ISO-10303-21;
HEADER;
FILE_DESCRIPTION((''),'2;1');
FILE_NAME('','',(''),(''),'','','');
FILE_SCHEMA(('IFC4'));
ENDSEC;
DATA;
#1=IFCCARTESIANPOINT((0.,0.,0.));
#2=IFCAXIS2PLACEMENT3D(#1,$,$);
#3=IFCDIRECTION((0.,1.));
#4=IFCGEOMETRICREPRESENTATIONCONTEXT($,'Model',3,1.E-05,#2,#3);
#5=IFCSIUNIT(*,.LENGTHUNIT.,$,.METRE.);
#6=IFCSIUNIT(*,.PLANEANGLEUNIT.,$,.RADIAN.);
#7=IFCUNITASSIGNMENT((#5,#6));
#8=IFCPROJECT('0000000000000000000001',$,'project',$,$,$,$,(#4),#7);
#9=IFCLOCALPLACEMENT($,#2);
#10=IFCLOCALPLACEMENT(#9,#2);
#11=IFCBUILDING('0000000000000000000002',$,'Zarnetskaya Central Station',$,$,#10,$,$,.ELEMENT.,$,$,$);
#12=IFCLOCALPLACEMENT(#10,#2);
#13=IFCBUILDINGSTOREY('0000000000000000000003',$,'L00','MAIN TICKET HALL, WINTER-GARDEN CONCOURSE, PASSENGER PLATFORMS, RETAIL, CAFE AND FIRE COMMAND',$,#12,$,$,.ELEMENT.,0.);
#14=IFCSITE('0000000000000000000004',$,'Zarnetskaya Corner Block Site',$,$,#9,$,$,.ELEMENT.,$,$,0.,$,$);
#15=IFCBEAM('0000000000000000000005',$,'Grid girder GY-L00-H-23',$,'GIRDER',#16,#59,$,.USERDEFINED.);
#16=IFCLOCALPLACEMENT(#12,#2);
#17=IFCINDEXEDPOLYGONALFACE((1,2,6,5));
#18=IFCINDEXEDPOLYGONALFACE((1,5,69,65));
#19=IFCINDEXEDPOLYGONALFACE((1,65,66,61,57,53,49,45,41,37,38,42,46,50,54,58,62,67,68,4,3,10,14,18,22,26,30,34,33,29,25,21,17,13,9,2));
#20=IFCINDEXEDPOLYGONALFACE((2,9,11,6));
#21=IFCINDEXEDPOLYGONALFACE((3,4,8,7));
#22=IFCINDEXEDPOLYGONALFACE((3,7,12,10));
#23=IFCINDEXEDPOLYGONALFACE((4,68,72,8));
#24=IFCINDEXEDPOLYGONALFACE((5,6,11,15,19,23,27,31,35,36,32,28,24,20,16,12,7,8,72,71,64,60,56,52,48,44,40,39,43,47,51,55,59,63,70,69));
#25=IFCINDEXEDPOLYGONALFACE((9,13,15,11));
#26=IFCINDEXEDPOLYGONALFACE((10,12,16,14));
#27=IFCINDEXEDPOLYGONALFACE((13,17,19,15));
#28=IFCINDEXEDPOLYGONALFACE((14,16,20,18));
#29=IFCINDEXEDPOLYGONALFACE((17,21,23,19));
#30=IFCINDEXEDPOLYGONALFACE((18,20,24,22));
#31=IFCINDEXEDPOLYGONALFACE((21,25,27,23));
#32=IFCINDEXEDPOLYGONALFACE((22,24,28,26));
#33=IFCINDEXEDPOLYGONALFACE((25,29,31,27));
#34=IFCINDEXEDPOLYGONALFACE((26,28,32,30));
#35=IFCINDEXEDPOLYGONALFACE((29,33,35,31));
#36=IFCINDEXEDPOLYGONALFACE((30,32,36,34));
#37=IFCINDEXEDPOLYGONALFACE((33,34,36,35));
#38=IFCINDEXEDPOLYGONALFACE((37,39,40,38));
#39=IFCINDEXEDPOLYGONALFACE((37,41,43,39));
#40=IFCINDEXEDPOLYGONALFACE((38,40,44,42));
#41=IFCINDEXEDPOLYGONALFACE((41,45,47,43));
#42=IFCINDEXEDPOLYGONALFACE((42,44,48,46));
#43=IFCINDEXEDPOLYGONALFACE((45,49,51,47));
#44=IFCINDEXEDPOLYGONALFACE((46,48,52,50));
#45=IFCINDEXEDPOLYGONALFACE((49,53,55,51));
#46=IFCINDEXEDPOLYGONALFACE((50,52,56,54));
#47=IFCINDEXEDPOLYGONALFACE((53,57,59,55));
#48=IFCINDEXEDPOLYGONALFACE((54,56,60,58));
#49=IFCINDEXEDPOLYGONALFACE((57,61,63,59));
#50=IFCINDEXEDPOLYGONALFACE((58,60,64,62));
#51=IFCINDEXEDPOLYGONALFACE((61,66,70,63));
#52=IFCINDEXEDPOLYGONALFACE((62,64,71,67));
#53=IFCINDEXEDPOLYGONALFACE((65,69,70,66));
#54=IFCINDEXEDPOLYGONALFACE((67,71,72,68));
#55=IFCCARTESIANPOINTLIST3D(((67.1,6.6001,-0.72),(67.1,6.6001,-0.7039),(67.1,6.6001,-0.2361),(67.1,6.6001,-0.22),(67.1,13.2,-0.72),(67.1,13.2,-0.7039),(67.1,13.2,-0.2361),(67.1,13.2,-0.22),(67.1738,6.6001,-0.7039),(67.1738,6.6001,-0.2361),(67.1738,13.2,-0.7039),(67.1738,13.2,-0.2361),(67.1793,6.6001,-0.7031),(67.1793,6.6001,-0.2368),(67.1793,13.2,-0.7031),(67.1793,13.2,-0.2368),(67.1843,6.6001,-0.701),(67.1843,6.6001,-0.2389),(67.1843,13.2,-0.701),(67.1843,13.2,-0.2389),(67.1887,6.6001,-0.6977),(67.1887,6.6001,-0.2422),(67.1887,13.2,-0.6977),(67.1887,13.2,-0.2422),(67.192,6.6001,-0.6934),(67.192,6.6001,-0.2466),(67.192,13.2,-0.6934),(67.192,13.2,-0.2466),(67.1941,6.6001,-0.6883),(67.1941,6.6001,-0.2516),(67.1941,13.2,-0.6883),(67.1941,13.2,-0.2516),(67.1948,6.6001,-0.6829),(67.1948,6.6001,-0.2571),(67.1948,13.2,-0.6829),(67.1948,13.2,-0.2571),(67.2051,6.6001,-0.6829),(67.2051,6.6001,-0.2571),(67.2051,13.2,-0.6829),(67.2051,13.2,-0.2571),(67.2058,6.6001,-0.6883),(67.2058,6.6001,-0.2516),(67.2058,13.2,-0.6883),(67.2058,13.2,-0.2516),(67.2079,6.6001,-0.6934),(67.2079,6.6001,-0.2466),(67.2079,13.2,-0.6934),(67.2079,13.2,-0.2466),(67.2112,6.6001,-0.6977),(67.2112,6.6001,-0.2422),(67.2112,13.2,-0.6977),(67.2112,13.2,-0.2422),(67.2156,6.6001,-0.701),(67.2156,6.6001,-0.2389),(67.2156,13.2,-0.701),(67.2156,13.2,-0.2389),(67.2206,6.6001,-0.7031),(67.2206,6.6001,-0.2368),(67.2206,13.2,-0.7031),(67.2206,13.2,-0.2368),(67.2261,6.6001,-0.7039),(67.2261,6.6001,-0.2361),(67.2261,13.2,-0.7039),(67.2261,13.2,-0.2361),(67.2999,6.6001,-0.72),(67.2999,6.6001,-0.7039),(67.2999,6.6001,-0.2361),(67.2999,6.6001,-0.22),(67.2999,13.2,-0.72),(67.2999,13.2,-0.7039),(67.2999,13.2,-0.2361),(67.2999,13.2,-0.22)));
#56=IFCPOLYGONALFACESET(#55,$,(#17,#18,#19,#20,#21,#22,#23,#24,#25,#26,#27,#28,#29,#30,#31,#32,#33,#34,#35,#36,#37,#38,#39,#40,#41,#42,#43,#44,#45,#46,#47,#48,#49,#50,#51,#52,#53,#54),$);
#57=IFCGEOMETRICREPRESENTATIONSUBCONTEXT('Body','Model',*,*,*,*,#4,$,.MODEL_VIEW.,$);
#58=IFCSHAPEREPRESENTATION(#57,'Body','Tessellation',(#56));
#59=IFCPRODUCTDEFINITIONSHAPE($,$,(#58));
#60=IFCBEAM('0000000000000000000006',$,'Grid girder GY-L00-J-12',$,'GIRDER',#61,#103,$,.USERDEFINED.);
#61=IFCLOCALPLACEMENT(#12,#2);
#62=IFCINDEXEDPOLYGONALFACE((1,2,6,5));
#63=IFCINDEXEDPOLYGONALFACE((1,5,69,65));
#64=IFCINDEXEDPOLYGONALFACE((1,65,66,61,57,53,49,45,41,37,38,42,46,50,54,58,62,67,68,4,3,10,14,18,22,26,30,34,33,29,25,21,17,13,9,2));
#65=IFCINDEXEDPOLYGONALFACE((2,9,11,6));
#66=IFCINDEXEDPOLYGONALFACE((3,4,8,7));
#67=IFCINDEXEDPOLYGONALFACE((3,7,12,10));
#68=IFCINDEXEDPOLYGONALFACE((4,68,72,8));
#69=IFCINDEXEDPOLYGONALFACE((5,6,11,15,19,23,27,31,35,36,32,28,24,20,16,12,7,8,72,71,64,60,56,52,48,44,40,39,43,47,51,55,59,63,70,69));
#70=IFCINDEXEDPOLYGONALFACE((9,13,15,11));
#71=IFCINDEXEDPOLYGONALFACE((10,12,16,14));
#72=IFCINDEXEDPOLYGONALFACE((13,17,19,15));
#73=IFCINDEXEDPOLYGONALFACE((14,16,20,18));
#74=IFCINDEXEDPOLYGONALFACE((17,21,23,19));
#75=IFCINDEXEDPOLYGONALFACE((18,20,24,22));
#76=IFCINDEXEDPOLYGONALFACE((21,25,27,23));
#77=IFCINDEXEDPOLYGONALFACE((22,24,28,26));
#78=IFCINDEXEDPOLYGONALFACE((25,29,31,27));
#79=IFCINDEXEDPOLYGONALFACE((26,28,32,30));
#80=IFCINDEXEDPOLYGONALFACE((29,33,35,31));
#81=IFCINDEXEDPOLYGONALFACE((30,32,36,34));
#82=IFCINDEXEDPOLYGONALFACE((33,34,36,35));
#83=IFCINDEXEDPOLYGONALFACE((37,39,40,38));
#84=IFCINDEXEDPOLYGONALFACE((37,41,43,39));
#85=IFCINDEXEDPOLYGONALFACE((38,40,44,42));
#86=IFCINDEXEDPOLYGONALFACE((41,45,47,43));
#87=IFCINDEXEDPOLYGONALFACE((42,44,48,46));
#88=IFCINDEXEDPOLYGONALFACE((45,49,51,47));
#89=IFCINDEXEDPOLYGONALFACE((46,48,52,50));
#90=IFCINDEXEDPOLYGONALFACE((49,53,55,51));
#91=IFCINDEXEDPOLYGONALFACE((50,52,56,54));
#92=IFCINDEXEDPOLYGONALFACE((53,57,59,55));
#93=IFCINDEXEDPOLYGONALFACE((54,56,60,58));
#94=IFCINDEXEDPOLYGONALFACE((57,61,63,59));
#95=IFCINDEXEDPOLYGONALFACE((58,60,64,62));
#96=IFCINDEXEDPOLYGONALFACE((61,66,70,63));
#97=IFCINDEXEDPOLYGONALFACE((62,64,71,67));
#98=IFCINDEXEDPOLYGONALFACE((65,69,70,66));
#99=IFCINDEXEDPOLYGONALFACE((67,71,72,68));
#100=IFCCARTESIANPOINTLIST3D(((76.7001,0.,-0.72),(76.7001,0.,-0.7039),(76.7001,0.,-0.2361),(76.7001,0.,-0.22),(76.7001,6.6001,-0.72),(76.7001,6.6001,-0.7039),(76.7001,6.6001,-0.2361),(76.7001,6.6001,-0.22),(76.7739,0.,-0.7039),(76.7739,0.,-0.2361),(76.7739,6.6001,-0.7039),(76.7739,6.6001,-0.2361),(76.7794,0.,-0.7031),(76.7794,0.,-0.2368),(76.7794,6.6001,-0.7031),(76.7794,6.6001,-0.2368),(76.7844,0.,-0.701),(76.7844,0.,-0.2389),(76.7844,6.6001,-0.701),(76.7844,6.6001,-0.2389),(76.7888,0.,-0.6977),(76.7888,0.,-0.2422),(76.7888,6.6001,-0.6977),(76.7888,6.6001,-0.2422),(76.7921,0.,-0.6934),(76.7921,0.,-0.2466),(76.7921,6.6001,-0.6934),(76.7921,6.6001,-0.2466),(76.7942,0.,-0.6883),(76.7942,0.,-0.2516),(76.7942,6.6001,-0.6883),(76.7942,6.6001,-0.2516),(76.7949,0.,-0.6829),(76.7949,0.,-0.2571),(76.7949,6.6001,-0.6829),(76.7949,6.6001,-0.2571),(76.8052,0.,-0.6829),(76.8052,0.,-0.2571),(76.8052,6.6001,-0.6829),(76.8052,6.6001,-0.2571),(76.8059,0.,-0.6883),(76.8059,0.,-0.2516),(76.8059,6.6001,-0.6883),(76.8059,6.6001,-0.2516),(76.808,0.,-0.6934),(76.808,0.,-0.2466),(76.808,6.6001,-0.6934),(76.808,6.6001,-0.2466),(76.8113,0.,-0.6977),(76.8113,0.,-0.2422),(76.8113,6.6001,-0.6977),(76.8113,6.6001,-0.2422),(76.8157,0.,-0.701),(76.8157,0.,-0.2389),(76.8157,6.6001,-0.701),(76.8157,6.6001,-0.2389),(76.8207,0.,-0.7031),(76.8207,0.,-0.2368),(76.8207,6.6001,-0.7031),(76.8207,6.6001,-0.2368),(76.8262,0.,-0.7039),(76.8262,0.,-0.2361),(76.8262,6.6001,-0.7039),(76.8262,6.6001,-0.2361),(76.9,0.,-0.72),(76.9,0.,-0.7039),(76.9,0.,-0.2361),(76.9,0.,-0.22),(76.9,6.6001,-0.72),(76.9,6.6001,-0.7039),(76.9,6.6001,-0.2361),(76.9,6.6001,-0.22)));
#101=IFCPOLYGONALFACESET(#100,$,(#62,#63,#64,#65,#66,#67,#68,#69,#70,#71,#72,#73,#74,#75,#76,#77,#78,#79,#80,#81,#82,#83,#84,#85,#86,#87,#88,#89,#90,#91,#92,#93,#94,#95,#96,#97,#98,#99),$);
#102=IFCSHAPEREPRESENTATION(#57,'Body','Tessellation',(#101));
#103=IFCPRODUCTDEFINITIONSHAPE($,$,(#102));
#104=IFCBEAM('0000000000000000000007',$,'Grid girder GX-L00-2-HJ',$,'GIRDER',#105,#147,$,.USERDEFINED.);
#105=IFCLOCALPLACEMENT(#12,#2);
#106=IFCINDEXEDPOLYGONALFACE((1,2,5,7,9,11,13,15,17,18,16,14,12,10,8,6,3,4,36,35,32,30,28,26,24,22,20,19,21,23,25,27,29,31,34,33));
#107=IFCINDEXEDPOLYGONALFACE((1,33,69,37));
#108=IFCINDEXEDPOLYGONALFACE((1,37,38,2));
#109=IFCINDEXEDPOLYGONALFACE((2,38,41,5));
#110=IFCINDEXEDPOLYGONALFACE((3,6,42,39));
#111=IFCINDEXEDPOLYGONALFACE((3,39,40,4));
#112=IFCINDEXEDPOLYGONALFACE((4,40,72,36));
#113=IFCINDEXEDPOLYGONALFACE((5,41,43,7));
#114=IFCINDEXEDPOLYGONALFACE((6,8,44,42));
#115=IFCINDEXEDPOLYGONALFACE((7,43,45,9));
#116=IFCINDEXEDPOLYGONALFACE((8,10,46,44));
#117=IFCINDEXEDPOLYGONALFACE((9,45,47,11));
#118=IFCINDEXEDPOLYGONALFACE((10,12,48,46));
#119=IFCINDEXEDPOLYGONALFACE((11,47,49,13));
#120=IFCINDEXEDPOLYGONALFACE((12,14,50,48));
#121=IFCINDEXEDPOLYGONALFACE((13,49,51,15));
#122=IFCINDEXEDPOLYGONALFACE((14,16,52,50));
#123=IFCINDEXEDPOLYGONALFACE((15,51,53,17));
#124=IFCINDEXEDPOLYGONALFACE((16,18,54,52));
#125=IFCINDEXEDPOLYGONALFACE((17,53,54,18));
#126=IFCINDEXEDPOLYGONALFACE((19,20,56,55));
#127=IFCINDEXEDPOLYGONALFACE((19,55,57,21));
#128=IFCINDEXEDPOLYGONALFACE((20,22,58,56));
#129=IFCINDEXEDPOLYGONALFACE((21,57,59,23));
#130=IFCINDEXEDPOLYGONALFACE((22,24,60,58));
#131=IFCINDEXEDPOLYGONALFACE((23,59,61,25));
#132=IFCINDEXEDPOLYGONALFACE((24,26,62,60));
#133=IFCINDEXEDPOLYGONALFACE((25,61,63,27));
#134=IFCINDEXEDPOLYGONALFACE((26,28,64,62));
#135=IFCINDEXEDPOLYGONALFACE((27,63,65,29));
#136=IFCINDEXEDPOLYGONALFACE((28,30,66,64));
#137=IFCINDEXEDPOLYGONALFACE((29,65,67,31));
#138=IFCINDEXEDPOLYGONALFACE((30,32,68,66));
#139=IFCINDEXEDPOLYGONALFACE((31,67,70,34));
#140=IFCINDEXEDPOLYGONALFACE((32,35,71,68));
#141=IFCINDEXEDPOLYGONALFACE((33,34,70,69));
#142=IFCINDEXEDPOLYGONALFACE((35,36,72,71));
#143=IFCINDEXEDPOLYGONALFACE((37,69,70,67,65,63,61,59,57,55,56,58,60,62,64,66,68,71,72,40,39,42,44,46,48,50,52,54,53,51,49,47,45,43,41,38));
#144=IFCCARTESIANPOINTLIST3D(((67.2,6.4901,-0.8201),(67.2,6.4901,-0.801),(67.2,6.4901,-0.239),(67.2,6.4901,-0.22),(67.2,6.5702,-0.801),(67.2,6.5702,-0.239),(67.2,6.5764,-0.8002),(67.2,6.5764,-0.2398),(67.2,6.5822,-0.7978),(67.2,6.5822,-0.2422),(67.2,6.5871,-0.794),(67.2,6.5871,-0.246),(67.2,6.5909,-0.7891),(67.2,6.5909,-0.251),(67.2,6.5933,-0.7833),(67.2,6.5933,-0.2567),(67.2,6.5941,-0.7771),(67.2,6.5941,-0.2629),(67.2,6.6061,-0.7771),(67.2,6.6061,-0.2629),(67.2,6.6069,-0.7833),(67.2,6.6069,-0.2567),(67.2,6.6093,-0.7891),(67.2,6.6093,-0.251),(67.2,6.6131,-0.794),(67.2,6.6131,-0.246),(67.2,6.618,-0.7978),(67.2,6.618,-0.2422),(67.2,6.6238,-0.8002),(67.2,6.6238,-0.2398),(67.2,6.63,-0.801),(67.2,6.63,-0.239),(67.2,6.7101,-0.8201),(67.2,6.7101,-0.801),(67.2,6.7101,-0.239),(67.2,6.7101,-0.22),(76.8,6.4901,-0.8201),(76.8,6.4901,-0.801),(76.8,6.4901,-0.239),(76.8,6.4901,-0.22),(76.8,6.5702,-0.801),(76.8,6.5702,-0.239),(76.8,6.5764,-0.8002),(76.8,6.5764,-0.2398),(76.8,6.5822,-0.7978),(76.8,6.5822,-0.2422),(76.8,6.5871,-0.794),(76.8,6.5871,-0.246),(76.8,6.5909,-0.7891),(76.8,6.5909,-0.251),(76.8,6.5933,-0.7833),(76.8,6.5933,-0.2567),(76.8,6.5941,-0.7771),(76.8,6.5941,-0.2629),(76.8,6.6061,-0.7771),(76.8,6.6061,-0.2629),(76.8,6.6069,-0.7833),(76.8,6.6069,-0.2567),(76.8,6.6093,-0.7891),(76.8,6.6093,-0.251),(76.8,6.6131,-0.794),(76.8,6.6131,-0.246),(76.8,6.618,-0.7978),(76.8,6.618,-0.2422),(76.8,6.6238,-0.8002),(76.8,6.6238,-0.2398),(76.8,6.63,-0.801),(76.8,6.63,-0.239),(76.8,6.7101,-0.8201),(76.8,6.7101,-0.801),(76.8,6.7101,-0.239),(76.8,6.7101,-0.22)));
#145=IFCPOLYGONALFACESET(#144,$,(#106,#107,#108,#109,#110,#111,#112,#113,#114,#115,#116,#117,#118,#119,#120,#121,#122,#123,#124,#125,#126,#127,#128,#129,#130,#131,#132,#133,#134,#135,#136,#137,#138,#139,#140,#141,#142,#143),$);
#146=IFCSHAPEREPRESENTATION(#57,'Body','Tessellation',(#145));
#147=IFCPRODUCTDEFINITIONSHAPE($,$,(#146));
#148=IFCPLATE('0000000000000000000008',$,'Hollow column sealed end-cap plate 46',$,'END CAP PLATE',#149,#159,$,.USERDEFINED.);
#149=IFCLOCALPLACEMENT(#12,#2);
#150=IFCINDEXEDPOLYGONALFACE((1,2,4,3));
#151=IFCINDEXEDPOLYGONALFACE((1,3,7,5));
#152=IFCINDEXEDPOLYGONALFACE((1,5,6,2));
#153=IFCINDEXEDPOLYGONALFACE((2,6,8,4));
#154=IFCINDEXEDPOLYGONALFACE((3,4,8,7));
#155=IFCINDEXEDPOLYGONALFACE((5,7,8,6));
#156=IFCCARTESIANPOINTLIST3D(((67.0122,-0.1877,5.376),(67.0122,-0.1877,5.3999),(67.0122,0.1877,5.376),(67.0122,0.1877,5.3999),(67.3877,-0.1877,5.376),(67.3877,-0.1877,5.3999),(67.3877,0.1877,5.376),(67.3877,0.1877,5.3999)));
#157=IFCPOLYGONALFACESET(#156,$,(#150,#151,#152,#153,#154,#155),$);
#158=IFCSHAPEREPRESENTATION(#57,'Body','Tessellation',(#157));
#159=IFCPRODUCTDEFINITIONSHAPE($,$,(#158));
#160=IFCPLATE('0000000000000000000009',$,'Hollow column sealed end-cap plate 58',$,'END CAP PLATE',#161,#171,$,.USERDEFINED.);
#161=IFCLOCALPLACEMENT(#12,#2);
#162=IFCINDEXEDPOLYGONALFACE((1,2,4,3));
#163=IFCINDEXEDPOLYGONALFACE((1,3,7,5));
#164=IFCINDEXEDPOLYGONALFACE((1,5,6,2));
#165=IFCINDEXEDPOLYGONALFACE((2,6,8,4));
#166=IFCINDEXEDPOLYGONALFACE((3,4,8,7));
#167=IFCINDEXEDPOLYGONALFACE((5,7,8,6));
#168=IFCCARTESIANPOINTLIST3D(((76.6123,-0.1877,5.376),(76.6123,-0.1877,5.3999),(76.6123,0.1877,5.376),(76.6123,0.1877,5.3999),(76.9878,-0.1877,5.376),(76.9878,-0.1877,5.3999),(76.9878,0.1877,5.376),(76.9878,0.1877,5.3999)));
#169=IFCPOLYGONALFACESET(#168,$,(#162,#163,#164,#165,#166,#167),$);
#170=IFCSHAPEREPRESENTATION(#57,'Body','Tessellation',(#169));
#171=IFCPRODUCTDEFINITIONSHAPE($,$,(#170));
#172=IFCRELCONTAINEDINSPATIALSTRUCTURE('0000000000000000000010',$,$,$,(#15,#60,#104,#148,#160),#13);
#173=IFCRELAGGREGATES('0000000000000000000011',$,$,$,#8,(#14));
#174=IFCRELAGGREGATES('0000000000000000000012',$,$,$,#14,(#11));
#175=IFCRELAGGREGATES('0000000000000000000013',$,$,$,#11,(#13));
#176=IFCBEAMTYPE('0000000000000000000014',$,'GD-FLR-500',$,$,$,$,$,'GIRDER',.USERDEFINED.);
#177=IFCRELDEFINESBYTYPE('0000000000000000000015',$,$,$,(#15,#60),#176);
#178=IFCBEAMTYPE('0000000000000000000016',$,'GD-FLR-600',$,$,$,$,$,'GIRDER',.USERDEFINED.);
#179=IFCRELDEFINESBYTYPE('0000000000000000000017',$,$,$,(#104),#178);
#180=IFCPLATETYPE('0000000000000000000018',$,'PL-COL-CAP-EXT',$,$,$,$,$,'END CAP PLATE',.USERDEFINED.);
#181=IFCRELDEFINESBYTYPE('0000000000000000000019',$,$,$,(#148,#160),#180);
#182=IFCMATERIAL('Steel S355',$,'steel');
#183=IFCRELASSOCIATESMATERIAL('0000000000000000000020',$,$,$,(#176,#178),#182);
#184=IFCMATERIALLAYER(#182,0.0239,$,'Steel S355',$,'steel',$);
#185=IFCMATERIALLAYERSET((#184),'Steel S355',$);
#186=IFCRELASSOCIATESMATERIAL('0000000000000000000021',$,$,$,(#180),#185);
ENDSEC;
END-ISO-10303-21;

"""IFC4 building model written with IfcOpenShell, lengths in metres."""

from ifc_helpers import new_model, si_unit, direction, frame, origin, origin_2d, place, context, subcontext, project, spatial, rectangle, i_section, extrude, material, layer, layer_set, material_profile, profile_set, type_object, element, save


model = new_model("IFC4")

# Units and contexts
model_context = context("Model", 3, precision=1e-05, world=origin(), true_north=direction((0.0, 1.0)))
body_context = subcontext(model_context, "Body", "Model", "MODEL_VIEW")
ifc_project = project(units=[si_unit("LENGTHUNIT", "METRE"), si_unit("PLANEANGLEUNIT", "RADIAN")], contexts=[model_context])

# Site, building, storey
site_placement = place(None, origin())
site = spatial("IfcSite", under=ifc_project, at=site_placement, Name="Zarnetskaya Corner Block Site", CompositionType="ELEMENT", RefElevation=0.0)
building_placement = place(site_placement, origin())
building = spatial("IfcBuilding", under=site, at=building_placement, Name="Zarnetskaya Central Station", CompositionType="ELEMENT")
storey_placement = place(building_placement, origin())
storey = spatial("IfcBuildingStorey", under=building, at=storey_placement, Name="L00", Description="MAIN TICKET HALL, WINTER-GARDEN CONCOURSE, PASSENGER PLATFORMS, RETAIL, CAFE AND FIRE COMMAND", CompositionType="ELEMENT", Elevation=0.0)

# Shared definitions
ifc_material_1 = material(Name="Steel S355", Category="steel")

# Beams
ifc_material_profile_1 = material_profile(ifc_material_1, i_section(OverallWidth=0.2, OverallDepth=0.5, WebThickness=0.0103, FlangeThickness=0.0161, FilletRadius=0.021, at=origin_2d()), Name="IPE 500")
ifc_profile_set_1 = profile_set([ifc_material_profile_1], Name="Steel S355")
beam_type_1 = type_object("IfcBeamType", Name="GD-FLR-500", ElementType="GIRDER", PredefinedType="USERDEFINED", material=ifc_profile_set_1)
beam_1_placement = place(storey_placement, frame((67.2, 6.6001, -0.47), z_axis=(0.0, 1.0, 0.0), x_axis=(-1.0, 0.0, 0.0)))
element("IfcBeam", 1, at=beam_1_placement, inside=storey, type_object=beam_type_1, Name="Grid girder GY-L00-H-23", ObjectType="GIRDER", PredefinedType="USERDEFINED", context=body_context, shape_type="SweptSolid", body=[
    extrude(i_section(OverallWidth=0.2, OverallDepth=0.5, WebThickness=0.0103, FlangeThickness=0.0161, FilletRadius=0.021, at=origin_2d()), origin(), (0.0, 0.0, 1.0), 6.5999),
])
beam_2_placement = place(storey_placement, frame((76.8, 0.0, -0.47), z_axis=(0.0, 1.0, 0.0), x_axis=(-1.0, 0.0, 0.0)))
element("IfcBeam", 2, at=beam_2_placement, inside=storey, type_object=beam_type_1, Name="Grid girder GY-L00-J-12", ObjectType="GIRDER", PredefinedType="USERDEFINED", context=body_context, shape_type="SweptSolid", body=[
    extrude(i_section(OverallWidth=0.2, OverallDepth=0.5, WebThickness=0.0103, FlangeThickness=0.0161, FilletRadius=0.021, at=origin_2d()), origin(), (0.0, 0.0, 1.0), 6.6001),
])
ifc_material_profile_2 = material_profile(ifc_material_1, i_section(OverallWidth=0.22, OverallDepth=0.6001, WebThickness=0.012, FlangeThickness=0.019, FilletRadius=0.0239, at=origin_2d()), Name="IPE 600")
ifc_profile_set_2 = profile_set([ifc_material_profile_2], Name="Steel S355")
beam_type_2 = type_object("IfcBeamType", Name="GD-FLR-600", ElementType="GIRDER", PredefinedType="USERDEFINED", material=ifc_profile_set_2)
beam_3_placement = place(storey_placement, frame((67.2, 6.6001, -0.52), z_axis=(1.0, 0.0, 0.0), x_axis=(0.0, 1.0, 0.0)))
element("IfcBeam", 3, at=beam_3_placement, inside=storey, type_object=beam_type_2, Name="Grid girder GX-L00-2-HJ", ObjectType="GIRDER", PredefinedType="USERDEFINED", context=body_context, shape_type="SweptSolid", body=[
    extrude(i_section(OverallWidth=0.22, OverallDepth=0.6001, WebThickness=0.012, FlangeThickness=0.019, FilletRadius=0.0239, at=origin_2d()), origin(), (0.0, 0.0, 1.0), 9.6001),
])

# Plates
ifc_layer_1 = layer(ifc_material_1, 0.0239, Name="Steel S355", Category="steel")
ifc_layer_set_1 = layer_set([ifc_layer_1], Name="Steel S355")
plate_type = type_object("IfcPlateType", Name="PL-COL-CAP-EXT", ElementType="END CAP PLATE", PredefinedType="USERDEFINED", material=ifc_layer_set_1)
for number, where, z_axis, x_axis, name in (
    (4, (67.2, 0.0, 5.376), (0.0, 0.0, 1.0), (1.0, 0.0, 0.0), "Hollow column sealed end-cap plate 46"),
    (5, (76.8, 0.0, 5.376), (0.0, 0.0, 1.0), (1.0, 0.0, 0.0), "Hollow column sealed end-cap plate 58"),
):
    element("IfcPlate", number, at=place(storey_placement, frame(where, z_axis=z_axis, x_axis=x_axis)), inside=storey, type_object=plate_type, Name=name, ObjectType="END CAP PLATE", PredefinedType="USERDEFINED", context=body_context, shape_type="SweptSolid", body=[
        extrude(rectangle(XDim=0.3755, YDim=0.3755, at=origin_2d()), origin(), (0.0, 0.0, 1.0), 0.0239),
    ])

save(model, "model.ifc")
